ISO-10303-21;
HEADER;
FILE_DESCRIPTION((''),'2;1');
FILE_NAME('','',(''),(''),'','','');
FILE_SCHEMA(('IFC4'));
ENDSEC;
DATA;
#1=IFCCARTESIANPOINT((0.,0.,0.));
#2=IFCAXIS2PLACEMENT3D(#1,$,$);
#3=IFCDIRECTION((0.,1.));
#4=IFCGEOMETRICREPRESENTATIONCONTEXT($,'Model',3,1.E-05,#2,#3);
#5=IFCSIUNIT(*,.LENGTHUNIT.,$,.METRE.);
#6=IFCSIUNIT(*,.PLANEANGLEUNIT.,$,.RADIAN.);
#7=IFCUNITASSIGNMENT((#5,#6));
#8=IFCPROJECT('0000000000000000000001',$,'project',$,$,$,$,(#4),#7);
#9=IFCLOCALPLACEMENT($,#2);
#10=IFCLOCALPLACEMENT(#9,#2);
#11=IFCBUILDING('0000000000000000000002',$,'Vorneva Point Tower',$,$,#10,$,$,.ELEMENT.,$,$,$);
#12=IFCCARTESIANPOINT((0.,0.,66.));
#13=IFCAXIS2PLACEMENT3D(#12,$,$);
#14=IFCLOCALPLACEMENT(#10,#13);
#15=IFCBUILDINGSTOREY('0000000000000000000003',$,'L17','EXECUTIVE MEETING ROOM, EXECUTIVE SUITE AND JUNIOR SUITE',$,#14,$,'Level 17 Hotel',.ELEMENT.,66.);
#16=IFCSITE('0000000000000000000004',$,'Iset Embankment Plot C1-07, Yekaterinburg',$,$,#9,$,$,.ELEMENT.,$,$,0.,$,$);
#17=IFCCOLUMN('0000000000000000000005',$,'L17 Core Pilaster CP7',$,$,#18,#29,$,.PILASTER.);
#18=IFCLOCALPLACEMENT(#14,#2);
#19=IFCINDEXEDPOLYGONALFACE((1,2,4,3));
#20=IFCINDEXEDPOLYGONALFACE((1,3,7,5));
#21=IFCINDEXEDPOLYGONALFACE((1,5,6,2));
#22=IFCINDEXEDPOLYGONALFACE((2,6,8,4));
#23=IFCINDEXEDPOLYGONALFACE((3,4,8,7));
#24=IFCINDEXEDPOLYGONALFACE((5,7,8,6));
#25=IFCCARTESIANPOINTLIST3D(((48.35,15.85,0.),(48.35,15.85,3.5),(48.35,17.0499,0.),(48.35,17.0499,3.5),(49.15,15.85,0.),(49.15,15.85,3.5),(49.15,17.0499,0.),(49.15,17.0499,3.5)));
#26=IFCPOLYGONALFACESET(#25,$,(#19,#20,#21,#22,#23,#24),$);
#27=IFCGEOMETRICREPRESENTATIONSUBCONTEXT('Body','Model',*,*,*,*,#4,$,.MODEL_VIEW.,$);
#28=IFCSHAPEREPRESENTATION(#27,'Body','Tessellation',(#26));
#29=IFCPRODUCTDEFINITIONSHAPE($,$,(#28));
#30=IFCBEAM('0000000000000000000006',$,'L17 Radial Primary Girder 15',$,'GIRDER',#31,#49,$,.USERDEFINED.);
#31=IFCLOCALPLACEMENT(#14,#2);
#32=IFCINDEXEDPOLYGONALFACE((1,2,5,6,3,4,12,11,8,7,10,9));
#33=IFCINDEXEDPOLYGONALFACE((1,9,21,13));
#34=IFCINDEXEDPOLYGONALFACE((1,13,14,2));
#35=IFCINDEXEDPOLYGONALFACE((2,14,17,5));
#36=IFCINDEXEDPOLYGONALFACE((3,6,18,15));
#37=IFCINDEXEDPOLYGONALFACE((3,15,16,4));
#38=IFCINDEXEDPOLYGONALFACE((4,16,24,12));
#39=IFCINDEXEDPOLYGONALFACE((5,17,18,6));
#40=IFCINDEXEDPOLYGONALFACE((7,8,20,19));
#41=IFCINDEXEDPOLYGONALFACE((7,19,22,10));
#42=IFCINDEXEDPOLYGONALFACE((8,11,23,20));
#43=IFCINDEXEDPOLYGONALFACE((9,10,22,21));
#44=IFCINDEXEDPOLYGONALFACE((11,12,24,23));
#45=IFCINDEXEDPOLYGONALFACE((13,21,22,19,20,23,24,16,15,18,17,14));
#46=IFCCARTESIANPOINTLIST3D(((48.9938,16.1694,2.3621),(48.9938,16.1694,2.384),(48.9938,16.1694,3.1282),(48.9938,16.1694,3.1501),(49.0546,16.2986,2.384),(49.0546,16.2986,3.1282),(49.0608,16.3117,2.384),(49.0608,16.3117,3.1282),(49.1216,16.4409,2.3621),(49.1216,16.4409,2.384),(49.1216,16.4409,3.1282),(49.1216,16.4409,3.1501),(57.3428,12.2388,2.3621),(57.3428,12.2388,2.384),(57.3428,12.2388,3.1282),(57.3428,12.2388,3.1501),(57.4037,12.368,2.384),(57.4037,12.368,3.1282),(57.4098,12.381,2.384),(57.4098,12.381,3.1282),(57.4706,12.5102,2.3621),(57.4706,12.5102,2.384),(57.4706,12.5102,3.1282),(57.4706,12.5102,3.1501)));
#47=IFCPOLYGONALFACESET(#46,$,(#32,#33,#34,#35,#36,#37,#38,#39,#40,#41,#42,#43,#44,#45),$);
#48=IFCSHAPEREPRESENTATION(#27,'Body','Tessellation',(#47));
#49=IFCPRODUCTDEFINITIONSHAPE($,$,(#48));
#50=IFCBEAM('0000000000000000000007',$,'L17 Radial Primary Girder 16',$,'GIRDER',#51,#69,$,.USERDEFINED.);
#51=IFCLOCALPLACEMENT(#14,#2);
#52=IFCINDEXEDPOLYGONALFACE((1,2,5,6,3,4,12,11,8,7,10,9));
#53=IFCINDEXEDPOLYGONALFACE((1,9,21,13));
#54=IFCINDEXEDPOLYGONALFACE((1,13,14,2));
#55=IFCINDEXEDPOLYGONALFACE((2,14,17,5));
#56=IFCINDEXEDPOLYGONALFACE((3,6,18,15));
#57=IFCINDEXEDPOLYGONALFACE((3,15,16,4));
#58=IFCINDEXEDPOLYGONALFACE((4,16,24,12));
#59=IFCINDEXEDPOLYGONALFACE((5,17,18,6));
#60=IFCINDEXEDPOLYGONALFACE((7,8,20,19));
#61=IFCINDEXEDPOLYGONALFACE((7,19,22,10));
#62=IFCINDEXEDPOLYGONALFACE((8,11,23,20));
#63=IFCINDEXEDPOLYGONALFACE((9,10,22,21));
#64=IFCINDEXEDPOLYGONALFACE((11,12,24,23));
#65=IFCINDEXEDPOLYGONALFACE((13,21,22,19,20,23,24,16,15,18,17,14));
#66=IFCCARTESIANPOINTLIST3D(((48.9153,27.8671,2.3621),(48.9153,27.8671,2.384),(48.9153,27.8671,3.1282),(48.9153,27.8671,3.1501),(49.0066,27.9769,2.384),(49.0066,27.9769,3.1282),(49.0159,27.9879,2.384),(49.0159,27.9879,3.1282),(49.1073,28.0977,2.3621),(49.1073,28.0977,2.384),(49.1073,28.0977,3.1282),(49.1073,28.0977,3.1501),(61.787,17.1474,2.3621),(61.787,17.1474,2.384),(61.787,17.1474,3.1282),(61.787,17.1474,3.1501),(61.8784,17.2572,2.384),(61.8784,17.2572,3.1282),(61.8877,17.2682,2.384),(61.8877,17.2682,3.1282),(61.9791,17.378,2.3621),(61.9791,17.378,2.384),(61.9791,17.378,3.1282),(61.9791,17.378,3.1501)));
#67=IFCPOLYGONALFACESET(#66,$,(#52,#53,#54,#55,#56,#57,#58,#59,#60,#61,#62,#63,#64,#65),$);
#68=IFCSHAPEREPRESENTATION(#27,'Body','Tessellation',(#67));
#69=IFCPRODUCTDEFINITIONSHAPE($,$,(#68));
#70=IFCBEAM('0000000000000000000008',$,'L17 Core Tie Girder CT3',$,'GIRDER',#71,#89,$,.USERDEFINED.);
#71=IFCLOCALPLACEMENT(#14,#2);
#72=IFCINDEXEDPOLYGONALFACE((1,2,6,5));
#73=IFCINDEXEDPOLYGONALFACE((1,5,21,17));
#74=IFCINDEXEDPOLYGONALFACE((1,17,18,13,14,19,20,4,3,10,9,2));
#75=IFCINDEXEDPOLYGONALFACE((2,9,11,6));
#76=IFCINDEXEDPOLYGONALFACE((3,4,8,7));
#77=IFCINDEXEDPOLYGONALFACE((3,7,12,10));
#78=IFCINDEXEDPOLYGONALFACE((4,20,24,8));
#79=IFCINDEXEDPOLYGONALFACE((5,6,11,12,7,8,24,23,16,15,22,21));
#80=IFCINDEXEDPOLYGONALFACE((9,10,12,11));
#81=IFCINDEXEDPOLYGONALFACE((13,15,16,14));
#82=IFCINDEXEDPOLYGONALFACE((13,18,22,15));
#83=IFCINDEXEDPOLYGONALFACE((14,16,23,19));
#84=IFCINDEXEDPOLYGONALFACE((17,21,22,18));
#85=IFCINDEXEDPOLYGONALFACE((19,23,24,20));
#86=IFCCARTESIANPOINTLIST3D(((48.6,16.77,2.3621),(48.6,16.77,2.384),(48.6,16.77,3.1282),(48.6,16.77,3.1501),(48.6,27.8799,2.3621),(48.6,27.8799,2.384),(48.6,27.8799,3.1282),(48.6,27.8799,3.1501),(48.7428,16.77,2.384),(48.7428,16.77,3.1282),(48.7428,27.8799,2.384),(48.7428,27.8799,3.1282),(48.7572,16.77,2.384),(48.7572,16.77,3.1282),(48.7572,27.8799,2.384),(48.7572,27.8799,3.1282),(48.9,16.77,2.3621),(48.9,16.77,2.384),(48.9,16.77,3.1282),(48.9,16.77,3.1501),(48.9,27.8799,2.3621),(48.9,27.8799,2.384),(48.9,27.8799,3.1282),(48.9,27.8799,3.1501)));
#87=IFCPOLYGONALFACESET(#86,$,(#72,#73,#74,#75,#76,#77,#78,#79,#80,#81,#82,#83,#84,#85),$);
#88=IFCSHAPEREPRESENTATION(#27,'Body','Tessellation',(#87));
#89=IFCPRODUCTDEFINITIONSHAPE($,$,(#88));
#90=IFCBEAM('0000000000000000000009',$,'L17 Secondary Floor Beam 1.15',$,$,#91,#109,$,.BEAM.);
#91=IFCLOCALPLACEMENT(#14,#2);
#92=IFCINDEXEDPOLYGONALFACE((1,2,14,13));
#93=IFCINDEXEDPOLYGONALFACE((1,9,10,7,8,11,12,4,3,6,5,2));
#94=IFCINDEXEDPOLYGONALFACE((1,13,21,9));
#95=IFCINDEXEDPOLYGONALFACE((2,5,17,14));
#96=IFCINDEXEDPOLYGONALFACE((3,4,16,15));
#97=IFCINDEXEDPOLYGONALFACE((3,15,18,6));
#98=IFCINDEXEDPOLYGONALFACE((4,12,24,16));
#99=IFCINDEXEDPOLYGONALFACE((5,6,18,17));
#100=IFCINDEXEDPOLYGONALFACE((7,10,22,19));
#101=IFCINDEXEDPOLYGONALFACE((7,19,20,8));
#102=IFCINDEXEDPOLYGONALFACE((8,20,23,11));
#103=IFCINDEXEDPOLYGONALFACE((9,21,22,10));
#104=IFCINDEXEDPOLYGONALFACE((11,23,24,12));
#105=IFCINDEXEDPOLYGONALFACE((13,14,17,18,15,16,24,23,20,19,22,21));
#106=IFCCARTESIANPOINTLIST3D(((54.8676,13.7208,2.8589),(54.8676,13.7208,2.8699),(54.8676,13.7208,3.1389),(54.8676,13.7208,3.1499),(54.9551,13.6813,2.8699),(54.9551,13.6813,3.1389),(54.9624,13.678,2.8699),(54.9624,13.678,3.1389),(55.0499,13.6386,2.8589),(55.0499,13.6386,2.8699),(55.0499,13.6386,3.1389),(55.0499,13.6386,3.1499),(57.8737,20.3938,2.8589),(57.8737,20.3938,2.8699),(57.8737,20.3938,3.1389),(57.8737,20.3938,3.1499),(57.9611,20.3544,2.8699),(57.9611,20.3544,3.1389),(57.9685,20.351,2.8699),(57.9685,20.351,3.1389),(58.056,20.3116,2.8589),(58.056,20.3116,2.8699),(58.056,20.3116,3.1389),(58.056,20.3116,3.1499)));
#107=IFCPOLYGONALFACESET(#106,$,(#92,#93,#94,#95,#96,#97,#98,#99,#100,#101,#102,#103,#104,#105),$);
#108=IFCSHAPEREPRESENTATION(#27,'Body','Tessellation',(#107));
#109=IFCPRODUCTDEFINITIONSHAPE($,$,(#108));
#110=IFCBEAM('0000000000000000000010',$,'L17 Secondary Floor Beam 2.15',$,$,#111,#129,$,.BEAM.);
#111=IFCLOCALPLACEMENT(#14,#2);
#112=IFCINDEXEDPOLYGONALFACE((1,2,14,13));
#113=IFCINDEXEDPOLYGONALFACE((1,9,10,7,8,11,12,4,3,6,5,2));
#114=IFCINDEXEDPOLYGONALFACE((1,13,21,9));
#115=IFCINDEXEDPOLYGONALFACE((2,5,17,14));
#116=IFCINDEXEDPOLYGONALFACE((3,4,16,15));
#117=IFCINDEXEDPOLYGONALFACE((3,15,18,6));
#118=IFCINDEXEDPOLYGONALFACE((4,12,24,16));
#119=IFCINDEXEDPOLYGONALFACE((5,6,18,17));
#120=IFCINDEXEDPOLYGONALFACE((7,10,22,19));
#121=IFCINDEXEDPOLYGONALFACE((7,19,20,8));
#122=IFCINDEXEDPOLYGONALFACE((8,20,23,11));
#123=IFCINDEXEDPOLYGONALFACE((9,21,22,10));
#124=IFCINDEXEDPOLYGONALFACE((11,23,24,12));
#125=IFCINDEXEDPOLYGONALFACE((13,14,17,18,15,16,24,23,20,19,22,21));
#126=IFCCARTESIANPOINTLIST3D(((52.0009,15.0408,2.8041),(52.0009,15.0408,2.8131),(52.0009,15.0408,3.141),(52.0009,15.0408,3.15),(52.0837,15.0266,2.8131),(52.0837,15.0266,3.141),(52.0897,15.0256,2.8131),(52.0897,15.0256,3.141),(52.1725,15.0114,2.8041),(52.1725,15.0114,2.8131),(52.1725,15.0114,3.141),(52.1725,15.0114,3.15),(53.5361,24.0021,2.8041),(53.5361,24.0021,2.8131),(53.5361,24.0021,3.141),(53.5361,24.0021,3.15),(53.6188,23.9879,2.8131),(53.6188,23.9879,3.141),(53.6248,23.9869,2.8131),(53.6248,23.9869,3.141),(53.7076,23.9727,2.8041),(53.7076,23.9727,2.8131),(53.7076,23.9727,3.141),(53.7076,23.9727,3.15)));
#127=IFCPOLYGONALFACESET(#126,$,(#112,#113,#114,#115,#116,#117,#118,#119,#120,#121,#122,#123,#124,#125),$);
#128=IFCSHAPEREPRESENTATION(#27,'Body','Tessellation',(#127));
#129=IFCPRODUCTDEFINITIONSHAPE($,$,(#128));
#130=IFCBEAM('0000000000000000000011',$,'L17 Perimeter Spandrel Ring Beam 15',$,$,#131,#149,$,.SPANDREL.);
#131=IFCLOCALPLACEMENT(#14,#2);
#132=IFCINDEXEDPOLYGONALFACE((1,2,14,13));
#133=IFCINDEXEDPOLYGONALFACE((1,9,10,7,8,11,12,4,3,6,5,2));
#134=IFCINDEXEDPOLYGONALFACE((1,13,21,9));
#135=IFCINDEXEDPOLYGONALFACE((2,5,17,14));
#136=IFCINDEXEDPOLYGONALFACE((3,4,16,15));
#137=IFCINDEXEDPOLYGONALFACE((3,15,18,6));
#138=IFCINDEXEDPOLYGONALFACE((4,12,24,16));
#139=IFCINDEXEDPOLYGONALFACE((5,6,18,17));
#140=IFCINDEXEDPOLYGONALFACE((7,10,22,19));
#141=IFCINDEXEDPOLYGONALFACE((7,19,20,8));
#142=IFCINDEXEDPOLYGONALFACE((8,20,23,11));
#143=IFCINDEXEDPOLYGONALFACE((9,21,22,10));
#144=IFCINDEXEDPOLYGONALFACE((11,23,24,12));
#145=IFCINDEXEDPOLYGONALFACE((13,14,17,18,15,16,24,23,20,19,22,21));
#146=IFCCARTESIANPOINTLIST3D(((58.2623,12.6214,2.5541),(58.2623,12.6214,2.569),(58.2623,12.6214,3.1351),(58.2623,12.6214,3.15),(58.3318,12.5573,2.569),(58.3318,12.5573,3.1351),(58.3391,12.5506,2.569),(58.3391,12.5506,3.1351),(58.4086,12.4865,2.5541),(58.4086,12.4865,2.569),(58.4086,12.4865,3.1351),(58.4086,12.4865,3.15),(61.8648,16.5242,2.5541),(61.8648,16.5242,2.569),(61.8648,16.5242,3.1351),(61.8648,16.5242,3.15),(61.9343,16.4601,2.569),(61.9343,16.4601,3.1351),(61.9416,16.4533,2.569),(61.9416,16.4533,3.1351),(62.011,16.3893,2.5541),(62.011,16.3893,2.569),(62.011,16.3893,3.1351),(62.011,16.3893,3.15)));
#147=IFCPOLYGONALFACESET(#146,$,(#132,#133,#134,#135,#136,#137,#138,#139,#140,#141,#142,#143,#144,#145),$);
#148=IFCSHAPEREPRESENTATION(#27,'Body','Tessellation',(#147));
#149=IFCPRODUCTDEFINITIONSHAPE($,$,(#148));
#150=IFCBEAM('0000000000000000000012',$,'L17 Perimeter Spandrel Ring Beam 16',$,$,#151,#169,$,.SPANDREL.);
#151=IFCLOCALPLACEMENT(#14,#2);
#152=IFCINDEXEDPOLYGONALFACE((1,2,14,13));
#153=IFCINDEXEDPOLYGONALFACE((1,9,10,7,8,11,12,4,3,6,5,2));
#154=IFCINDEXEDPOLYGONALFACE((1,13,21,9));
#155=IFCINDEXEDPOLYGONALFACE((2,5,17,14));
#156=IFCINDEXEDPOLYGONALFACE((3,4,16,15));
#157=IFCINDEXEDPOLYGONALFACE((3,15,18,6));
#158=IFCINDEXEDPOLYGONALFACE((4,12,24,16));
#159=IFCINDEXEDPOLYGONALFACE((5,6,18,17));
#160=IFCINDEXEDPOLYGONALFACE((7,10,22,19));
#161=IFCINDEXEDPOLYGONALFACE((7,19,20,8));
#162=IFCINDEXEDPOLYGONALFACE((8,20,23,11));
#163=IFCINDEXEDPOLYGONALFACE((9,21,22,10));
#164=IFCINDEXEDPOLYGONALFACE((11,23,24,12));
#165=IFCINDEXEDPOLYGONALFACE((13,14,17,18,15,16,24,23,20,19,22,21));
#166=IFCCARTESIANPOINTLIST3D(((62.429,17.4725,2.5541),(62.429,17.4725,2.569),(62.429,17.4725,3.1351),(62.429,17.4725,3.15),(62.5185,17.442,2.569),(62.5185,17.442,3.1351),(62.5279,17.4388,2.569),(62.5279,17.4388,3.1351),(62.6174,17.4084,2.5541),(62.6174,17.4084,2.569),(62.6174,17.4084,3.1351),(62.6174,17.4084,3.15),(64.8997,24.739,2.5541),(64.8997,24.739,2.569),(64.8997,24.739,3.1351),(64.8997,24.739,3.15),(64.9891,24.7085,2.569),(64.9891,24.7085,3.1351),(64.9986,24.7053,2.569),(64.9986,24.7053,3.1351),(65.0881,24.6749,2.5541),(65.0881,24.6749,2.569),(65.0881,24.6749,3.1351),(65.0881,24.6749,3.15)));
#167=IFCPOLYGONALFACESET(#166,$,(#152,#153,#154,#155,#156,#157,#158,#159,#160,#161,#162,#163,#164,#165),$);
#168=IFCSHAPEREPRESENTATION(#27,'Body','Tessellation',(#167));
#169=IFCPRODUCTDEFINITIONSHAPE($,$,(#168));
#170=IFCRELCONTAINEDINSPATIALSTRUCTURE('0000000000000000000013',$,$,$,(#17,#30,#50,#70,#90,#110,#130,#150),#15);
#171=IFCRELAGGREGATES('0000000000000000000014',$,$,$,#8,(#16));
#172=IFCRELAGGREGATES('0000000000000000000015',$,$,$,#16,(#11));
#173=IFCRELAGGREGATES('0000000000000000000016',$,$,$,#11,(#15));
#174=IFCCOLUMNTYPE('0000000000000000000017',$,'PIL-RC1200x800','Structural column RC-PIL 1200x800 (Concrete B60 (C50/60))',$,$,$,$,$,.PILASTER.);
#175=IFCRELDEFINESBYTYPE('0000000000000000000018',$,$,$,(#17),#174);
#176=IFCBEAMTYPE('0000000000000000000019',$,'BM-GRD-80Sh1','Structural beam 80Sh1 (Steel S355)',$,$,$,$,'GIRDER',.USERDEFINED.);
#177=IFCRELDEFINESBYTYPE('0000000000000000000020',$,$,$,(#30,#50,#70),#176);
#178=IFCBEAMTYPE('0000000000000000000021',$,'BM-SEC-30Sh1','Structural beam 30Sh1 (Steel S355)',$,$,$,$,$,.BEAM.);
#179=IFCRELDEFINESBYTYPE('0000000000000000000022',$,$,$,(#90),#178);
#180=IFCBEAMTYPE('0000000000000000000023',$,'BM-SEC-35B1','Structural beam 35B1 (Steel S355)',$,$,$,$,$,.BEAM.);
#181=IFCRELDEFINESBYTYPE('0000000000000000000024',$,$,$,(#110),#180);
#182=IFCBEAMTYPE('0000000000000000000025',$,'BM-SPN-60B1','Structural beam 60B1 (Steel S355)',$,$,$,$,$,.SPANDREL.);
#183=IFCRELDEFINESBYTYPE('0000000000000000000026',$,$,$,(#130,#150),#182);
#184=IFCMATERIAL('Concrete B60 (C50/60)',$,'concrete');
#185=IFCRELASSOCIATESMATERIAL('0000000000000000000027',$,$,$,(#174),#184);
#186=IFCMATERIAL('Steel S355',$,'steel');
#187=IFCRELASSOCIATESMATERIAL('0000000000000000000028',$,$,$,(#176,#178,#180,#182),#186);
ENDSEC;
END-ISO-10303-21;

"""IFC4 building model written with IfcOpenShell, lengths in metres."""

from ifc_helpers import new_model, si_unit, direction, frame, origin, origin_2d, place, context, subcontext, project, spatial, rectangle, i_section, extrude, material, material_profile, profile_set, type_object, element, save


model = new_model("IFC4")

# Units and contexts
model_context = context("Model", 3, precision=1e-05, world=origin(), true_north=direction((0.0, 1.0)))
body_context = subcontext(model_context, "Body", "Model", "MODEL_VIEW")
ifc_project = project(units=[si_unit("LENGTHUNIT", "METRE"), si_unit("PLANEANGLEUNIT", "RADIAN")], contexts=[model_context])

# Site, building, storey
site_placement = place(None, origin())
site = spatial("IfcSite", under=ifc_project, at=site_placement, Name="Iset Embankment Plot C1-07, Yekaterinburg", CompositionType="ELEMENT", RefElevation=0.0)
building_placement = place(site_placement, origin())
building = spatial("IfcBuilding", under=site, at=building_placement, Name="Vorneva Point Tower", CompositionType="ELEMENT")
storey_placement = place(building_placement, frame((0.0, 0.0, 66.0)))
storey = spatial("IfcBuildingStorey", under=building, at=storey_placement, Name="L17", Description="EXECUTIVE MEETING ROOM, EXECUTIVE SUITE AND JUNIOR SUITE", LongName="Level 17 Hotel", CompositionType="ELEMENT", Elevation=66.0)

# Column
ifc_material_1 = material(Name="Concrete B60 (C50/60)", Category="concrete")
ifc_material_profile_1 = material_profile(ifc_material_1, rectangle(XDim=0.8, YDim=1.2, at=origin_2d()), Name="RC-PIL 1200x800")
ifc_profile_set_1 = profile_set([ifc_material_profile_1], Name="Concrete B60 (C50/60)")
column_type_1 = type_object("IfcColumnType", Name="PIL-RC1200x800", Description="Structural column RC-PIL 1200x800 (Concrete B60 (C50/60))", PredefinedType="PILASTER", material=ifc_profile_set_1)
column_placement = place(storey_placement, frame((48.75, 16.45, 0.0), z_axis=(0.0, 0.0, 1.0), x_axis=(1.0, 0.0, 0.0)))
element("IfcColumn", 1, at=column_placement, inside=storey, type_object=column_type_1, Name="L17 Core Pilaster CP7", PredefinedType="PILASTER", context=body_context, shape_type="SweptSolid", body=[
    extrude(rectangle(XDim=0.8, YDim=1.2, at=origin_2d()), origin(), (0.0, 0.0, 1.0), 3.5),
])

# Beams
ifc_material_2 = material(Name="Steel S355", Category="steel")
ifc_material_profile_2 = material_profile(ifc_material_2, i_section(OverallWidth=0.3, OverallDepth=0.7881, WebThickness=0.0144, FlangeThickness=0.022, at=origin_2d()), Name="80Sh1")
ifc_profile_set_2 = profile_set([ifc_material_profile_2], Name="Steel S355")
beam_type_1 = type_object("IfcBeamType", Name="BM-GRD-80Sh1", Description="Structural beam 80Sh1 (Steel S355)", ElementType="GIRDER", PredefinedType="USERDEFINED", material=ifc_profile_set_2)
beam_1_placement = place(storey_placement, frame((57.4067, 12.3745, 2.7561), z_axis=(-0.904749, 0.425945, 0.0), x_axis=(-0.425945, -0.904749, 0.0)))
element("IfcBeam", 2, at=beam_1_placement, inside=storey, type_object=beam_type_1, Name="L17 Radial Primary Girder 15", ObjectType="GIRDER", PredefinedType="USERDEFINED", context=body_context, shape_type="SweptSolid", body=[
    extrude(i_section(OverallWidth=0.3, OverallDepth=0.7881, WebThickness=0.0144, FlangeThickness=0.022, at=origin_2d()), origin(), (0.0, 0.0, 1.0), 9.228),
])
beam_2_placement = place(storey_placement, frame((61.8831, 17.2627, 2.7561), z_axis=(-0.768421, 0.639945, 0.0), x_axis=(-0.639945, -0.768421, 0.0)))
element("IfcBeam", 3, at=beam_2_placement, inside=storey, type_object=beam_type_1, Name="L17 Radial Primary Girder 16", ObjectType="GIRDER", PredefinedType="USERDEFINED", context=body_context, shape_type="SweptSolid", body=[
    extrude(i_section(OverallWidth=0.3, OverallDepth=0.7881, WebThickness=0.0144, FlangeThickness=0.022, at=origin_2d()), origin(), (0.0, 0.0, 1.0), 16.751),
])
beam_3_placement = place(storey_placement, frame((48.75, 16.77, 2.7561), z_axis=(0.0, 1.0, 0.0), x_axis=(-1.0, 0.0, 0.0)))
element("IfcBeam", 4, at=beam_3_placement, inside=storey, type_object=beam_type_1, Name="L17 Core Tie Girder CT3", ObjectType="GIRDER", PredefinedType="USERDEFINED", context=body_context, shape_type="SweptSolid", body=[
    extrude(i_section(OverallWidth=0.3, OverallDepth=0.7881, WebThickness=0.0144, FlangeThickness=0.022, at=origin_2d()), origin(), (0.0, 0.0, 1.0), 11.1099),
])
ifc_material_profile_3 = material_profile(ifc_material_2, i_section(OverallWidth=0.2, OverallDepth=0.291, WebThickness=0.0081, FlangeThickness=0.011, at=origin_2d()), Name="30Sh1")
ifc_profile_set_3 = profile_set([ifc_material_profile_3], Name="Steel S355")
beam_type_2 = type_object("IfcBeamType", Name="BM-SEC-30Sh1", Description="Structural beam 30Sh1 (Steel S355)", PredefinedType="BEAM", material=ifc_profile_set_3)
beam_4_placement = place(storey_placement, frame((54.9587, 13.6797, 3.0044), z_axis=(0.410729, 0.911757, 0.0), x_axis=(-0.911757, 0.410729, 0.0)))
element("IfcBeam", 5, at=beam_4_placement, inside=storey, type_object=beam_type_2, Name="L17 Secondary Floor Beam 1.15", PredefinedType="BEAM", context=body_context, shape_type="SweptSolid", body=[
    extrude(i_section(OverallWidth=0.2, OverallDepth=0.291, WebThickness=0.0081, FlangeThickness=0.011, at=origin_2d()), origin(), (0.0, 0.0, 1.0), 7.3188),
])
ifc_material_profile_4 = material_profile(ifc_material_2, i_section(OverallWidth=0.1741, OverallDepth=0.3459, WebThickness=0.0061, FlangeThickness=0.009, at=origin_2d()), Name="35B1")
ifc_profile_set_4 = profile_set([ifc_material_profile_4], Name="Steel S355")
beam_type_3 = type_object("IfcBeamType", Name="BM-SEC-35B1", Description="Structural beam 35B1 (Steel S355)", PredefinedType="BEAM", material=ifc_profile_set_4)
beam_5_placement = place(storey_placement, frame((52.0867, 15.0261, 2.9771), z_axis=(0.168852, 0.985641, 0.0), x_axis=(-0.985641, 0.168852, 0.0)))
element("IfcBeam", 6, at=beam_5_placement, inside=storey, type_object=beam_type_3, Name="L17 Secondary Floor Beam 2.15", PredefinedType="BEAM", context=body_context, shape_type="SweptSolid", body=[
    extrude(i_section(OverallWidth=0.1741, OverallDepth=0.3459, WebThickness=0.0061, FlangeThickness=0.009, at=origin_2d()), origin(), (0.0, 0.0, 1.0), 9.0918),
])
ifc_material_profile_5 = material_profile(ifc_material_2, i_section(OverallWidth=0.199, OverallDepth=0.5959, WebThickness=0.01, FlangeThickness=0.0149, at=origin_2d()), Name="60B1")
ifc_profile_set_5 = profile_set([ifc_material_profile_5], Name="Steel S355")
beam_type_4 = type_object("IfcBeamType", Name="BM-SPN-60B1", Description="Structural beam 60B1 (Steel S355)", PredefinedType="SPANDREL", material=ifc_profile_set_5)
beam_6_placement = place(storey_placement, frame((58.3354, 12.554, 2.8521), z_axis=(0.678272, 0.73481, 0.0), x_axis=(-0.73481, 0.678272, 0.0)))
element("IfcBeam", 7, at=beam_6_placement, inside=storey, type_object=beam_type_4, Name="L17 Perimeter Spandrel Ring Beam 15", PredefinedType="SPANDREL", context=body_context, shape_type="SweptSolid", body=[
    extrude(i_section(OverallWidth=0.199, OverallDepth=0.5959, WebThickness=0.01, FlangeThickness=0.0149, at=origin_2d()), origin(), (0.0, 0.0, 1.0), 5.3113),
])
beam_7_placement = place(storey_placement, frame((62.5232, 17.4404, 2.8521), z_axis=(0.32191, 0.94677, 0.0), x_axis=(-0.94677, 0.32191, 0.0)))
element("IfcBeam", 8, at=beam_7_placement, inside=storey, type_object=beam_type_4, Name="L17 Perimeter Spandrel Ring Beam 16", PredefinedType="SPANDREL", context=body_context, shape_type="SweptSolid", body=[
    extrude(i_section(OverallWidth=0.199, OverallDepth=0.5959, WebThickness=0.01, FlangeThickness=0.0149, at=origin_2d()), origin(), (0.0, 0.0, 1.0), 7.675),
])

save(model, "model.ifc")
